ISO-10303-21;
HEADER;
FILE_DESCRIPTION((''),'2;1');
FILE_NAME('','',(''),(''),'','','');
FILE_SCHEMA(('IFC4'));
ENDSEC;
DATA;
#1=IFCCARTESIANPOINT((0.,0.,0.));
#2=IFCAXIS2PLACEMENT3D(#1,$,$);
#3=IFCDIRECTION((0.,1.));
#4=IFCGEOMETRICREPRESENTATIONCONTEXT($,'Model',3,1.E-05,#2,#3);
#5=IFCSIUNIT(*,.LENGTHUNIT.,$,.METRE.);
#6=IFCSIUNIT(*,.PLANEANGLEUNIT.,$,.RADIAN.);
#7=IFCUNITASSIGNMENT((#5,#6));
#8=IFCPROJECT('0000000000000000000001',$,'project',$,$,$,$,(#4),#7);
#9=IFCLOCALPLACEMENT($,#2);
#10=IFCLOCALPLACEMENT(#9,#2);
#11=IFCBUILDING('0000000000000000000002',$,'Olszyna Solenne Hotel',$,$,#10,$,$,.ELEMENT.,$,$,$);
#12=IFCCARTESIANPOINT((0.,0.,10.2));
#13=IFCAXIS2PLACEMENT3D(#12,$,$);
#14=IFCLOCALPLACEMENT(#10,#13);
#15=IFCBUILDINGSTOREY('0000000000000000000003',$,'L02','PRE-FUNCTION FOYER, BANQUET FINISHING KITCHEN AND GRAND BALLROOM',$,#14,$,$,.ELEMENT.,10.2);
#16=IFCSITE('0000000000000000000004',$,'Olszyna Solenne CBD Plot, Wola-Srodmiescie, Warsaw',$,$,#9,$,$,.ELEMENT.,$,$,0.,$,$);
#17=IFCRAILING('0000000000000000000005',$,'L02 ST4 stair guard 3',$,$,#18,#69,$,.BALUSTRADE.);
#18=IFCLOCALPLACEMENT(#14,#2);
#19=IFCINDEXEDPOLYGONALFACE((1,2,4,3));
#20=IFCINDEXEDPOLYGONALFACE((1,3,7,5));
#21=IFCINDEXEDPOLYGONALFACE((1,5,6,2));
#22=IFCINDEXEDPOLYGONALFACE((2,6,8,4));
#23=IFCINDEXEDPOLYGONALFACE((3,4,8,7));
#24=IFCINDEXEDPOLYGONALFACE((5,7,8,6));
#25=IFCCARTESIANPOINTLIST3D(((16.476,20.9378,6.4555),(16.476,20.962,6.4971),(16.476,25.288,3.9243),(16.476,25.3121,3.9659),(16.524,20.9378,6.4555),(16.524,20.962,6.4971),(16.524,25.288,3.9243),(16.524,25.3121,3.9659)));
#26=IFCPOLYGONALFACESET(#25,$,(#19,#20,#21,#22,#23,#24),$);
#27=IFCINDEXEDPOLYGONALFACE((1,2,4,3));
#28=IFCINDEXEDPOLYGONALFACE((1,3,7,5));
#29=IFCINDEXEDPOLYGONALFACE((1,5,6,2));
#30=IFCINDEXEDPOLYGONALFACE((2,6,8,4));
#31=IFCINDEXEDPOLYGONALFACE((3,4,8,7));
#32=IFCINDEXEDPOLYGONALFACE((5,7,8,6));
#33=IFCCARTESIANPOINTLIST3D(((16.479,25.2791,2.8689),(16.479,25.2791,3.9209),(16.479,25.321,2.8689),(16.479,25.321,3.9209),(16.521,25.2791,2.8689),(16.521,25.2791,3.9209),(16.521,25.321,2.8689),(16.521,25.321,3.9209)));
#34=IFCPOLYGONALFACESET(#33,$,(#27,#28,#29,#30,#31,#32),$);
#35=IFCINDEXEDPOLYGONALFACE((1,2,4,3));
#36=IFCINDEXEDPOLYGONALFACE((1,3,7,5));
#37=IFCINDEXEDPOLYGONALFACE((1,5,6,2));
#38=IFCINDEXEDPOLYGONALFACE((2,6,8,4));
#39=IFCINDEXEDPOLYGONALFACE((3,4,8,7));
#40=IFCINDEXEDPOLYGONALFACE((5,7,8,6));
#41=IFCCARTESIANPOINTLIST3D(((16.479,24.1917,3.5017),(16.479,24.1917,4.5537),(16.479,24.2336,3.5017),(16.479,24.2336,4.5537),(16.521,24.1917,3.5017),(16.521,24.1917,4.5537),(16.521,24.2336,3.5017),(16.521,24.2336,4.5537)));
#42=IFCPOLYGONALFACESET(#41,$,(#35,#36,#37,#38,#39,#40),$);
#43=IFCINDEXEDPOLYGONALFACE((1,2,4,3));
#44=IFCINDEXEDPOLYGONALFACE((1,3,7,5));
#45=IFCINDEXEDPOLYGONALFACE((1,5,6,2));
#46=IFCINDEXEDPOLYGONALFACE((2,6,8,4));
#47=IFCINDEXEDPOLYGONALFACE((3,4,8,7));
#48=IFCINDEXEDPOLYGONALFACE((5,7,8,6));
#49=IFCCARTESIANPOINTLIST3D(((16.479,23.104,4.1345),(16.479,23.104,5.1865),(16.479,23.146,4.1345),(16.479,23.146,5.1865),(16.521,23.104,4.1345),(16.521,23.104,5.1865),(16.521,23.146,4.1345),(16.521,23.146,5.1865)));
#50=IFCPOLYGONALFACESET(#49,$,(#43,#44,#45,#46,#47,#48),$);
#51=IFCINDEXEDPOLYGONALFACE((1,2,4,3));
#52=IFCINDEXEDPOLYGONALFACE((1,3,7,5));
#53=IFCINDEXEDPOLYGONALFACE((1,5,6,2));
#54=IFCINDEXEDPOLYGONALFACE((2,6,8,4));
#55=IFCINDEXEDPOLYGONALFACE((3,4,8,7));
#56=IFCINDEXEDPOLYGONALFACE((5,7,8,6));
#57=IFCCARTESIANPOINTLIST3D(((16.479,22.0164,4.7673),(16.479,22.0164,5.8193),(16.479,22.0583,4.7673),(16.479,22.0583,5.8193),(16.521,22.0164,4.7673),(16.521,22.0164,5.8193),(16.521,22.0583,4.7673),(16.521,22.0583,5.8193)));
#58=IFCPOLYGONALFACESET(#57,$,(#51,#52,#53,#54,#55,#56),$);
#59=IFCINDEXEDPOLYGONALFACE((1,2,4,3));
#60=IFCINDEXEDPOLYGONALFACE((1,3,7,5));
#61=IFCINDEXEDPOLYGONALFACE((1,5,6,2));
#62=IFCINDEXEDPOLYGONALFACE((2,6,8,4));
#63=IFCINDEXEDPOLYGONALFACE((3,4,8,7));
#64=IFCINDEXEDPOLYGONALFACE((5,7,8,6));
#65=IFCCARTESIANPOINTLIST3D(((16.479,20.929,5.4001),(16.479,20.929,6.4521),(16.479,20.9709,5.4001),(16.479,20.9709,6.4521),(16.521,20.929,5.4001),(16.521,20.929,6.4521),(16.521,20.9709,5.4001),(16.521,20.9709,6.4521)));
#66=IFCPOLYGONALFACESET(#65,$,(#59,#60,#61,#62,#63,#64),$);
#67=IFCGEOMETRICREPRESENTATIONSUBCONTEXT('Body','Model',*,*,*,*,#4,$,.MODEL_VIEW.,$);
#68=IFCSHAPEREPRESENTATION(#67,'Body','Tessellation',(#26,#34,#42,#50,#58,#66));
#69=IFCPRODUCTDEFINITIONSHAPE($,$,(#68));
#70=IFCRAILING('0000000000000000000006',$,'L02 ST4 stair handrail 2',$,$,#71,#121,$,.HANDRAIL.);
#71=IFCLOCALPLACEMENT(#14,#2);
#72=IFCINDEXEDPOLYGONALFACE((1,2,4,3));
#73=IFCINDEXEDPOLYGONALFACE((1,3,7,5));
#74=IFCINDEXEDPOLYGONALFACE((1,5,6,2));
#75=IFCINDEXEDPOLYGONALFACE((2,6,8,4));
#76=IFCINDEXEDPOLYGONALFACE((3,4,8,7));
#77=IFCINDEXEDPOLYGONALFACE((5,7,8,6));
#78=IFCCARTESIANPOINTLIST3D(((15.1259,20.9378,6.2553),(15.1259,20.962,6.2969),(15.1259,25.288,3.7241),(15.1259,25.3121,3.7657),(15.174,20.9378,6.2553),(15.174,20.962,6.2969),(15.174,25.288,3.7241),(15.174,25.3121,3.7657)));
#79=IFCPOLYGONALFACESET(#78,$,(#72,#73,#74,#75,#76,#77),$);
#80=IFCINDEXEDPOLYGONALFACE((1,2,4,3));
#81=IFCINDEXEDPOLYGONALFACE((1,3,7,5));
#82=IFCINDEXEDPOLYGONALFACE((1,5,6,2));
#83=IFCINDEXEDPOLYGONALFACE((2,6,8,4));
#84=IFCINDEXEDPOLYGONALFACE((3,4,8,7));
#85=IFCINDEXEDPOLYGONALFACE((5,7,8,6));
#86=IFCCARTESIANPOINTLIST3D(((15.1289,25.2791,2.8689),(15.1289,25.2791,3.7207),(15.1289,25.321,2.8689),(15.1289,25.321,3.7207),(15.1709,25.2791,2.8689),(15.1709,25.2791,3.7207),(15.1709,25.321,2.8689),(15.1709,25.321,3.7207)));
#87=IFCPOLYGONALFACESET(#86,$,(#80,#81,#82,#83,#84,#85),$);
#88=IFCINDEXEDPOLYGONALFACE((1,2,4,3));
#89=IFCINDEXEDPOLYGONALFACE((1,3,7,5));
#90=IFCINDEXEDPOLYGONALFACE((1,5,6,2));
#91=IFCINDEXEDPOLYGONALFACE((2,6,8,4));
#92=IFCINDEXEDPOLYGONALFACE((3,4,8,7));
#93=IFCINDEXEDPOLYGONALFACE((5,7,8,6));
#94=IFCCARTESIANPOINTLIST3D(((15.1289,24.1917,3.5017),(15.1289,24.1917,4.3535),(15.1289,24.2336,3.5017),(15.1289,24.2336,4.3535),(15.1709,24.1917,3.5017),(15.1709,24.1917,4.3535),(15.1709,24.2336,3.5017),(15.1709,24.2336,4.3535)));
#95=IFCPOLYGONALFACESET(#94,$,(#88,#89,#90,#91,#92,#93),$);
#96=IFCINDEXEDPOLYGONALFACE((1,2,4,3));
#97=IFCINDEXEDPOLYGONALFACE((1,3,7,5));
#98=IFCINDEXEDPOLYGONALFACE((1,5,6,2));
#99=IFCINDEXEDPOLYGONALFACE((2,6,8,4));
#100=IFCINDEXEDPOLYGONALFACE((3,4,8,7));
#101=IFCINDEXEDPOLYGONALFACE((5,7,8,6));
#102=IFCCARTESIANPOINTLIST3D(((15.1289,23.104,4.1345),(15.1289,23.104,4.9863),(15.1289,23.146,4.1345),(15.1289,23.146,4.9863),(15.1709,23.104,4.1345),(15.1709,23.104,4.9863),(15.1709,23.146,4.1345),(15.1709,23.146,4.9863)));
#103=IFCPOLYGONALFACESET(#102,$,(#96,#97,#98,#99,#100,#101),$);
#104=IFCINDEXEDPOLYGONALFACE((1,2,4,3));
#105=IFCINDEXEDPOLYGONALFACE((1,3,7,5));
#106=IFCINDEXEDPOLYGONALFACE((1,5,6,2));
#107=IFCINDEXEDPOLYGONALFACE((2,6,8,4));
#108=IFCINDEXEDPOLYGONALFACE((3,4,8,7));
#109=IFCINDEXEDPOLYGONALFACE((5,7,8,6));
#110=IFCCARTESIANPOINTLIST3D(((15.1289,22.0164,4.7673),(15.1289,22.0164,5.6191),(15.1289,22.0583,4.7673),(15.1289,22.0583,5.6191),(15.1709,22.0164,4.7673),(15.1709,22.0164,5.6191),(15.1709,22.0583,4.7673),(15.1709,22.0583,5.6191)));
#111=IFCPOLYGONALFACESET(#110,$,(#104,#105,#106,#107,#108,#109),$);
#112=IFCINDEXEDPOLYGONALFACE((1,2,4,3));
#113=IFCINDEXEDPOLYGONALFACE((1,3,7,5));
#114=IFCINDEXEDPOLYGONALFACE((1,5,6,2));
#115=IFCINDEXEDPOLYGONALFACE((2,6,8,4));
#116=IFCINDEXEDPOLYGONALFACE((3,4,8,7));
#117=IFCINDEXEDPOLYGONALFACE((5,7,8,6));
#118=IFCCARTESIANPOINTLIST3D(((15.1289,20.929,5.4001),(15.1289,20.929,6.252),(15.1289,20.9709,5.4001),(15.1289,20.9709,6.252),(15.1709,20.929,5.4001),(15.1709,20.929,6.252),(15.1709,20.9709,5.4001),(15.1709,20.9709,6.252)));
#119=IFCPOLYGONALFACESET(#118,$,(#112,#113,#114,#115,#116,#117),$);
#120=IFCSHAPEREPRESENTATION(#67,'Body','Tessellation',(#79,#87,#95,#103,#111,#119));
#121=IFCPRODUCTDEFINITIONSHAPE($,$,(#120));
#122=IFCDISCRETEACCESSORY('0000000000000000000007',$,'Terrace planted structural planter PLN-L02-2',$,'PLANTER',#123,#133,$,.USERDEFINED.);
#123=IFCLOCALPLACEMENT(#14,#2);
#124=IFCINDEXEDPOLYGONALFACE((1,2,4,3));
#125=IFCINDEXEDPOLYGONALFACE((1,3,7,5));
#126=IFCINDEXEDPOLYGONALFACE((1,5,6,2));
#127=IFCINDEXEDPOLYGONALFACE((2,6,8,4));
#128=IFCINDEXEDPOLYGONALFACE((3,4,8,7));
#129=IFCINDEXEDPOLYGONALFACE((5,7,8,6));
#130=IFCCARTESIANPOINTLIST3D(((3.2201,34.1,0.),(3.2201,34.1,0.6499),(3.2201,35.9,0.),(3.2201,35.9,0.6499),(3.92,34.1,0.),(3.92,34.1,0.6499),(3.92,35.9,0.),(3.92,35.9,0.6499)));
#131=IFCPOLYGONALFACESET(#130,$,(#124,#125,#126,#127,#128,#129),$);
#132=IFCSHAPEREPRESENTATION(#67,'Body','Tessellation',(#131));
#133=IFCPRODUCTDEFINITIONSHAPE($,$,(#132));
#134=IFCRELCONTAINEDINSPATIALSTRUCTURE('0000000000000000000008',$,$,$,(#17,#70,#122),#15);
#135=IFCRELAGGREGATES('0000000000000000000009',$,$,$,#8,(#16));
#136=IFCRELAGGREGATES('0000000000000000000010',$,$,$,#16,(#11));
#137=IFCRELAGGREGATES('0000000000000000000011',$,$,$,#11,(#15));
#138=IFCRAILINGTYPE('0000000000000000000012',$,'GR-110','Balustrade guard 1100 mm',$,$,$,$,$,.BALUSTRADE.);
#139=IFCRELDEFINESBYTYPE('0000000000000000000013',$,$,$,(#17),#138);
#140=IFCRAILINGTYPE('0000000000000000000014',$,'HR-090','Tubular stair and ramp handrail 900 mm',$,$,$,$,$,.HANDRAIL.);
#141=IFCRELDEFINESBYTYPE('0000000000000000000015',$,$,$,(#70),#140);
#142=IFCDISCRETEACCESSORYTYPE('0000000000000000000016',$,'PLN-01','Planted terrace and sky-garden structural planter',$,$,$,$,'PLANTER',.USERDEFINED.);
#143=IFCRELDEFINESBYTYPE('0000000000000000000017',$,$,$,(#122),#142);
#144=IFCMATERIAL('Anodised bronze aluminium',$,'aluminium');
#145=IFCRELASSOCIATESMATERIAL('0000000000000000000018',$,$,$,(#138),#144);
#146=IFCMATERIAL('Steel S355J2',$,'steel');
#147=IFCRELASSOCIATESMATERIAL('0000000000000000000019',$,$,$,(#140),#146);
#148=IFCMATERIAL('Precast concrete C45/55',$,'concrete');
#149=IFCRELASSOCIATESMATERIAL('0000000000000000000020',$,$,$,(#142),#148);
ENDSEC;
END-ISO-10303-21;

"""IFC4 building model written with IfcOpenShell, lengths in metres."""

from ifc_helpers import new_model, si_unit, direction, frame, origin, origin_2d, place, context, subcontext, project, spatial, rectangle, extrude, source, transform, mapped, material, type_object, element, save


model = new_model("IFC4")

# Units and contexts
model_context = context("Model", 3, precision=1e-05, world=origin(), true_north=direction((0.0, 1.0)))
body_context = subcontext(model_context, "Body", "Model", "MODEL_VIEW")
ifc_project = project(units=[si_unit("LENGTHUNIT", "METRE"), si_unit("PLANEANGLEUNIT", "RADIAN")], contexts=[model_context])

# Site, building, storey
site_placement = place(None, origin())
site = spatial("IfcSite", under=ifc_project, at=site_placement, Name="Olszyna Solenne CBD Plot, Wola-Srodmiescie, Warsaw", CompositionType="ELEMENT", RefElevation=0.0)
building_placement = place(site_placement, origin())
building = spatial("IfcBuilding", under=site, at=building_placement, Name="Olszyna Solenne Hotel", CompositionType="ELEMENT")
storey_placement = place(building_placement, frame((0.0, 0.0, 10.2)))
storey = spatial("IfcBuildingStorey", under=building, at=storey_placement, Name="L02", Description="PRE-FUNCTION FOYER, BANQUET FINISHING KITCHEN AND GRAND BALLROOM", CompositionType="ELEMENT", Elevation=10.2)

# Shared definitions
ifc_material_1 = material(Name="Steel S355J2", Category="steel")

# Railings
ifc_material_2 = material(Name="Anodised bronze aluminium", Category="aluminium")
railing_type_1 = type_object("IfcRailingType", Name="GR-110", Description="Balustrade guard 1100 mm", PredefinedType="BALUSTRADE", material=ifc_material_2)
railing_1_placement = place(storey_placement, frame((16.5, 25.3, 2.8689)))
element("IfcRailing", 1, at=railing_1_placement, inside=storey, type_object=railing_type_1, Name="L02 ST4 stair guard 3", PredefinedType="BALUSTRADE", context=body_context, shape_type="SweptSolid", body=[
    extrude(rectangle(XDim=0.0481, YDim=0.0481, at=origin_2d()), frame((0.0, 0.0, 1.0762), z_axis=(0.0, -0.864324, 0.502936), x_axis=(1.0, 0.0, 0.0)), (0.0, 0.0, 1.0), 5.033),
    extrude(rectangle(XDim=0.042, YDim=0.042, at=origin_2d()), origin(), (0.0, 0.0, 1.0), 1.052),
    extrude(rectangle(XDim=0.042, YDim=0.042, at=origin_2d()), frame((0.0, -1.0874, 0.6328)), (0.0, 0.0, 1.0), 1.052),
    extrude(rectangle(XDim=0.042, YDim=0.042, at=origin_2d()), frame((0.0, -2.175, 1.2656)), (0.0, 0.0, 1.0), 1.052),
    extrude(rectangle(XDim=0.042, YDim=0.042, at=origin_2d()), frame((0.0, -3.2627, 1.8984)), (0.0, 0.0, 1.0), 1.052),
    extrude(rectangle(XDim=0.042, YDim=0.042, at=origin_2d()), frame((0.0, -4.3501, 2.5312)), (0.0, 0.0, 1.0), 1.052),
])
railing_type_2 = type_object("IfcRailingType", Name="HR-090", Description="Tubular stair and ramp handrail 900 mm", PredefinedType="HANDRAIL", material=ifc_material_1)
railing_2_placement = place(storey_placement, frame((15.1499, 25.3, 2.8689)))
element("IfcRailing", 2, at=railing_2_placement, inside=storey, type_object=railing_type_2, Name="L02 ST4 stair handrail 2", PredefinedType="HANDRAIL", context=body_context, shape_type="SweptSolid", body=[
    extrude(rectangle(XDim=0.0481, YDim=0.0481, at=origin_2d()), frame((0.0, 0.0, 0.876), z_axis=(0.0, -0.864324, 0.502936), x_axis=(1.0, 0.0, 0.0)), (0.0, 0.0, 1.0), 5.033),
    extrude(rectangle(XDim=0.042, YDim=0.042, at=origin_2d()), origin(), (0.0, 0.0, 1.0), 0.8518),
    extrude(rectangle(XDim=0.042, YDim=0.042, at=origin_2d()), frame((0.0, -1.0874, 0.6328)), (0.0, 0.0, 1.0), 0.8518),
    extrude(rectangle(XDim=0.042, YDim=0.042, at=origin_2d()), frame((0.0, -2.175, 1.2656)), (0.0, 0.0, 1.0), 0.8518),
    extrude(rectangle(XDim=0.042, YDim=0.042, at=origin_2d()), frame((0.0, -3.2627, 1.8984)), (0.0, 0.0, 1.0), 0.8518),
    extrude(rectangle(XDim=0.042, YDim=0.042, at=origin_2d()), frame((0.0, -4.3501, 2.5312)), (0.0, 0.0, 1.0), 0.8518),
])

# Discrete accessory
ifc_material_3 = material(Name="Precast concrete C45/55", Category="concrete")
discrete_accessory_type = type_object("IfcDiscreteAccessoryType", Name="PLN-01", Description="Planted terrace and sky-garden structural planter", ElementType="PLANTER", PredefinedType="USERDEFINED", material=ifc_material_3)
shared_shape_1 = source(origin(), body_context, "Body", "SweptSolid", [
    extrude(rectangle(XDim=1.8, YDim=0.7, at=origin_2d()), origin(), (0.0, 0.0, 1.0), 0.6499),
])
discrete_accessory_placement = place(storey_placement, frame((3.5701, 35.0, 0.0), z_axis=(0.0, 0.0, 1.0), x_axis=(0.0, 1.0, 0.0)))
element("IfcDiscreteAccessory", 3, at=discrete_accessory_placement, inside=storey, type_object=discrete_accessory_type, Name="Terrace planted structural planter PLN-L02-2", ObjectType="PLANTER", PredefinedType="USERDEFINED", context=body_context, shape_type="MappedRepresentation", body=[
    mapped(shared_shape_1, transform((0.0, 0.0, 0.0), x_axis=(1.0, 0.0, 0.0), y_axis=(0.0, 1.0, 0.0), z_axis=(0.0, 0.0, 1.0), scale=1.0)),
])

save(model, "model.ifc")
